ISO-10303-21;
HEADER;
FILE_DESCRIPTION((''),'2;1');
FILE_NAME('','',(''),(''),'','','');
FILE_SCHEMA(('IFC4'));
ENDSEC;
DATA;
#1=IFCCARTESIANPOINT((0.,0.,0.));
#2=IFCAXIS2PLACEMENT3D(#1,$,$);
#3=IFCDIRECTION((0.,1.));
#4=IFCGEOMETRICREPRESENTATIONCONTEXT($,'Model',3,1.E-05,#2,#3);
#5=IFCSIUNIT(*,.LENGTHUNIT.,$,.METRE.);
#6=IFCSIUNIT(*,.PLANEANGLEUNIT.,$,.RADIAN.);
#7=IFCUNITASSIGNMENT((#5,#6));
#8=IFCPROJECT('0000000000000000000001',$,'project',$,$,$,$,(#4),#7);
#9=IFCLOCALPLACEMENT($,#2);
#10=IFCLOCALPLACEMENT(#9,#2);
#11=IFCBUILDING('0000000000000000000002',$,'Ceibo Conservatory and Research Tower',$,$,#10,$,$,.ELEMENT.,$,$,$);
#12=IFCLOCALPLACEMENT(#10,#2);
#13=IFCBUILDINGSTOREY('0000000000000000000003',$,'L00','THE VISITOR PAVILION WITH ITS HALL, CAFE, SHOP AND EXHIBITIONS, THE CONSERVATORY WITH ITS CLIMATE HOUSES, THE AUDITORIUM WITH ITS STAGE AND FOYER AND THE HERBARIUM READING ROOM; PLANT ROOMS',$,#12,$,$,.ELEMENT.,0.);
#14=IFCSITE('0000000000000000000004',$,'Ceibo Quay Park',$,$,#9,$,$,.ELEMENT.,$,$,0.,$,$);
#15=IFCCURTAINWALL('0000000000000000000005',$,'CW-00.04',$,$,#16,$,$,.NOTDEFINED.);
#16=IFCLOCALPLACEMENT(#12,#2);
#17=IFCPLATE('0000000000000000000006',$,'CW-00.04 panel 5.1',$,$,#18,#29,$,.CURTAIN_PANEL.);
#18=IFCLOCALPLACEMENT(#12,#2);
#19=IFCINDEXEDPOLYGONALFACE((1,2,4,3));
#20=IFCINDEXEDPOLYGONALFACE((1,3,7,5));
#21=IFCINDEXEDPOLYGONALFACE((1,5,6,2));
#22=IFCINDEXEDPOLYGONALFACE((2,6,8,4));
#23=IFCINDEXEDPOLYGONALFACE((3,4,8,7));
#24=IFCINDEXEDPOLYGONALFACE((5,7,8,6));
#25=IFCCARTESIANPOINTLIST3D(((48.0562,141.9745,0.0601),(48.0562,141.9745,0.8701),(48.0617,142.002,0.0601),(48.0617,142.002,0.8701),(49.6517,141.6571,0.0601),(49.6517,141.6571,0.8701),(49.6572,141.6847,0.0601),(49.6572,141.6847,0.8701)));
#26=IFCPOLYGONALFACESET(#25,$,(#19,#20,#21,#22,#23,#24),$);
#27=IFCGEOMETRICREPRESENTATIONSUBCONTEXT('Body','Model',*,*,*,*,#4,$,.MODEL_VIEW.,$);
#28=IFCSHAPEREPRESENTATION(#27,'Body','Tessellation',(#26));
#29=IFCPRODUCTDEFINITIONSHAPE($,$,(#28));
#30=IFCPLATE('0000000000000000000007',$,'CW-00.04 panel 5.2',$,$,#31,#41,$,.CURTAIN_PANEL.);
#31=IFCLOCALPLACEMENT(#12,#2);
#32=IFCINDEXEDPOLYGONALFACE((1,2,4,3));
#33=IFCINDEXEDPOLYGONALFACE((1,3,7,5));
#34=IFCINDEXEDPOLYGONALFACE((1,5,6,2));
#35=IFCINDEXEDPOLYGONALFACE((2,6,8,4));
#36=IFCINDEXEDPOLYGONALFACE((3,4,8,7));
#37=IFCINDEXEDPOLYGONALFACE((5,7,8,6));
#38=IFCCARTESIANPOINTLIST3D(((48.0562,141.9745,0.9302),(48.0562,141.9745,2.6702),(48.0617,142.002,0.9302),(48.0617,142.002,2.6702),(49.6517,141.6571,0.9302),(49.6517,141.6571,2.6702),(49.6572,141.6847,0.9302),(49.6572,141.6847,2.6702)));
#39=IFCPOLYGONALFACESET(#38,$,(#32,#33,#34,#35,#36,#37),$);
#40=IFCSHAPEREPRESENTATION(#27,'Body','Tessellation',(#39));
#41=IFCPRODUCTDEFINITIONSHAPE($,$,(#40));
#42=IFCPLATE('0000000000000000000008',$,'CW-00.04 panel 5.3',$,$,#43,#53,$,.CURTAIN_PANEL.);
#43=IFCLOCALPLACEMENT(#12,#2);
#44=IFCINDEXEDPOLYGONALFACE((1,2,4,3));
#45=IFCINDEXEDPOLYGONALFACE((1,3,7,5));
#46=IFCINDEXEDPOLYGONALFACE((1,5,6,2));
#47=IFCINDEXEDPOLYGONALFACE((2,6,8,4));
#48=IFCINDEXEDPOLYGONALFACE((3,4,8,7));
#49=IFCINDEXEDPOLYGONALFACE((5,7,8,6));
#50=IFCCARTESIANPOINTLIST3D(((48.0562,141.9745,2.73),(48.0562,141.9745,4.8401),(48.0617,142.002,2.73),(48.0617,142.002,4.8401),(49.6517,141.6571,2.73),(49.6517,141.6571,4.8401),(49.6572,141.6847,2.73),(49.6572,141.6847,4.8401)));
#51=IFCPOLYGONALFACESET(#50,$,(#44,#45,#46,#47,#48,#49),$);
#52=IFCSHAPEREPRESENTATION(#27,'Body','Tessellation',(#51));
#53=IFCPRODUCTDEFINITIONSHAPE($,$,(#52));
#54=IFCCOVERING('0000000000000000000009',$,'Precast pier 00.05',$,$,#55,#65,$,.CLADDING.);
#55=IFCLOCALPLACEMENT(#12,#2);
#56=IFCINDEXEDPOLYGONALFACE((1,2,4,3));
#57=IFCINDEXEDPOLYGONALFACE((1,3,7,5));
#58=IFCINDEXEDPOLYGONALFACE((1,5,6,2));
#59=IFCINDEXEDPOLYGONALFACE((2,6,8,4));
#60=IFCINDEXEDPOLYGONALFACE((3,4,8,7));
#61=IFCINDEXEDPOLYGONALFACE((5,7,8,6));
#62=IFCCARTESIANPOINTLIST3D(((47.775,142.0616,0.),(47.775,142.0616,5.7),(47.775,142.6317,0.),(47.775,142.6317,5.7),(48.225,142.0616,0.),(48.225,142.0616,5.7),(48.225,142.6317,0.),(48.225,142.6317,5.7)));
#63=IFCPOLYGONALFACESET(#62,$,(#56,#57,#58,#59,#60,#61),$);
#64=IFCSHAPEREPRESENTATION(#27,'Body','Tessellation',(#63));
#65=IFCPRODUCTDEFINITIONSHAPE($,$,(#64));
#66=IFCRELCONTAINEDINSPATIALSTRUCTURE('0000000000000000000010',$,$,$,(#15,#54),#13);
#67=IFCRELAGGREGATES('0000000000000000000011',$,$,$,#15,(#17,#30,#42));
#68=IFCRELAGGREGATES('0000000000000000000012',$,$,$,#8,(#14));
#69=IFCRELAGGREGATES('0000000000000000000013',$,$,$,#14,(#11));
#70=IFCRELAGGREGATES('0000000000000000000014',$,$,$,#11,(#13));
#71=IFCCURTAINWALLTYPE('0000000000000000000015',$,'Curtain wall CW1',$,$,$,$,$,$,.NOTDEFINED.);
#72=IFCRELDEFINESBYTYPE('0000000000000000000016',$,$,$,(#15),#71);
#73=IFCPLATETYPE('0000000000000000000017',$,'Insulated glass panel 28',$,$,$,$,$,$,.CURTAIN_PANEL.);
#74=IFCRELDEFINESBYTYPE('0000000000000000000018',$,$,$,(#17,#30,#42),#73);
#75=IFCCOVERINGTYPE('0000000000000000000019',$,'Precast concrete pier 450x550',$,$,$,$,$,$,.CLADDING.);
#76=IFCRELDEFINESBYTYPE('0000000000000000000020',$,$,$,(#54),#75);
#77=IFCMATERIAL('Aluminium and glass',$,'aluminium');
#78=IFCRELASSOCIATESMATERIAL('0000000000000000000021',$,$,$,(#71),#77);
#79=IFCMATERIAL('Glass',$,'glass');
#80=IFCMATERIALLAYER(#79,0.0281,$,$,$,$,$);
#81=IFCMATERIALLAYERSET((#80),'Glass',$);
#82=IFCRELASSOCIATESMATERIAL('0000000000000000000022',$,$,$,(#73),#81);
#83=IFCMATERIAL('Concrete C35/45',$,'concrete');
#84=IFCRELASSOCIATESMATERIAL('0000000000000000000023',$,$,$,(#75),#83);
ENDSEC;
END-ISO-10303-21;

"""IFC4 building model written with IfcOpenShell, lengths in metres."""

from ifc_helpers import new_model, si_unit, direction, frame, origin, origin_2d, place, context, subcontext, project, spatial, rectangle, extrude, material, layer, layer_set, type_object, element, aggregate, save


model = new_model("IFC4")

# Units and contexts
model_context = context("Model", 3, precision=1e-05, world=origin(), true_north=direction((0.0, 1.0)))
body_context = subcontext(model_context, "Body", "Model", "MODEL_VIEW")
ifc_project = project(units=[si_unit("LENGTHUNIT", "METRE"), si_unit("PLANEANGLEUNIT", "RADIAN")], contexts=[model_context])

# Site, building, storey
site_placement = place(None, origin())
site = spatial("IfcSite", under=ifc_project, at=site_placement, Name="Ceibo Quay Park", CompositionType="ELEMENT", RefElevation=0.0)
building_placement = place(site_placement, origin())
building = spatial("IfcBuilding", under=site, at=building_placement, Name="Ceibo Conservatory and Research Tower", CompositionType="ELEMENT")
storey_placement = place(building_placement, origin())
storey = spatial("IfcBuildingStorey", under=building, at=storey_placement, Name="L00", Description="THE VISITOR PAVILION WITH ITS HALL, CAFE, SHOP AND EXHIBITIONS, THE CONSERVATORY WITH ITS CLIMATE HOUSES, THE AUDITORIUM WITH ITS STAGE AND FOYER AND THE HERBARIUM READING ROOM; PLANT ROOMS", CompositionType="ELEMENT", Elevation=0.0)

# Curtain wall, plates
ifc_material_1 = material(Name="Aluminium and glass", Category="aluminium")
curtain_wall_type = type_object("IfcCurtainWallType", Name="Curtain wall CW1", PredefinedType="NOTDEFINED", material=ifc_material_1)
curtain_wall_placement = place(storey_placement, origin())
curtain_wall = element("IfcCurtainWall", 1, at=curtain_wall_placement, inside=storey, type_object=curtain_wall_type, Name="CW-00.04", PredefinedType="NOTDEFINED")
ifc_material_2 = material(Name="Glass", Category="glass")
ifc_layer = layer(ifc_material_2, 0.0281)
ifc_layer_set = layer_set([ifc_layer], Name="Glass")
plate_type = type_object("IfcPlateType", Name="Insulated glass panel 28", PredefinedType="CURTAIN_PANEL", material=ifc_layer_set)
plate_1_placement = place(storey_placement, frame((48.8567, 141.8296, 0.0601), z_axis=(0.0, 0.0, 1.0), x_axis=(-0.980785, 0.19509, 0.0)))
plate_1 = element("IfcPlate", 2, at=plate_1_placement, type_object=plate_type, Name="CW-00.04 panel 5.1", PredefinedType="CURTAIN_PANEL", context=body_context, shape_type="SweptSolid", body=[
    extrude(rectangle(XDim=1.6267, YDim=0.0281, at=origin_2d()), origin(), (0.0, 0.0, 1.0), 0.8101),
])
plate_2_placement = place(storey_placement, frame((48.8567, 141.8296, 0.9302), z_axis=(0.0, 0.0, 1.0), x_axis=(-0.980785, 0.19509, 0.0)))
plate_2 = element("IfcPlate", 3, at=plate_2_placement, type_object=plate_type, Name="CW-00.04 panel 5.2", PredefinedType="CURTAIN_PANEL", context=body_context, shape_type="SweptSolid", body=[
    extrude(rectangle(XDim=1.6267, YDim=0.0281, at=origin_2d()), origin(), (0.0, 0.0, 1.0), 1.74),
])
plate_3_placement = place(storey_placement, frame((48.8567, 141.8296, 2.73), z_axis=(0.0, 0.0, 1.0), x_axis=(-0.980785, 0.19509, 0.0)))
plate_3 = element("IfcPlate", 4, at=plate_3_placement, type_object=plate_type, Name="CW-00.04 panel 5.3", PredefinedType="CURTAIN_PANEL", context=body_context, shape_type="SweptSolid", body=[
    extrude(rectangle(XDim=1.6267, YDim=0.0281, at=origin_2d()), origin(), (0.0, 0.0, 1.0), 2.1101),
])
aggregate(curtain_wall, [plate_1, plate_2, plate_3])

# Covering
ifc_material_3 = material(Name="Concrete C35/45", Category="concrete")
covering_type = type_object("IfcCoveringType", Name="Precast concrete pier 450x550", PredefinedType="CLADDING", material=ifc_material_3)
covering_placement = place(storey_placement, frame((48.0, 142.3467, 0.0), z_axis=(0.0, 0.0, 1.0), x_axis=(0.0, 1.0, 0.0)))
element("IfcCovering", 5, at=covering_placement, inside=storey, type_object=covering_type, Name="Precast pier 00.05", PredefinedType="CLADDING", context=body_context, shape_type="SweptSolid", body=[
    extrude(rectangle(XDim=0.5701, YDim=0.45, at=origin_2d()), origin(), (0.0, 0.0, 1.0), 5.7),
])

save(model, "model.ifc")
